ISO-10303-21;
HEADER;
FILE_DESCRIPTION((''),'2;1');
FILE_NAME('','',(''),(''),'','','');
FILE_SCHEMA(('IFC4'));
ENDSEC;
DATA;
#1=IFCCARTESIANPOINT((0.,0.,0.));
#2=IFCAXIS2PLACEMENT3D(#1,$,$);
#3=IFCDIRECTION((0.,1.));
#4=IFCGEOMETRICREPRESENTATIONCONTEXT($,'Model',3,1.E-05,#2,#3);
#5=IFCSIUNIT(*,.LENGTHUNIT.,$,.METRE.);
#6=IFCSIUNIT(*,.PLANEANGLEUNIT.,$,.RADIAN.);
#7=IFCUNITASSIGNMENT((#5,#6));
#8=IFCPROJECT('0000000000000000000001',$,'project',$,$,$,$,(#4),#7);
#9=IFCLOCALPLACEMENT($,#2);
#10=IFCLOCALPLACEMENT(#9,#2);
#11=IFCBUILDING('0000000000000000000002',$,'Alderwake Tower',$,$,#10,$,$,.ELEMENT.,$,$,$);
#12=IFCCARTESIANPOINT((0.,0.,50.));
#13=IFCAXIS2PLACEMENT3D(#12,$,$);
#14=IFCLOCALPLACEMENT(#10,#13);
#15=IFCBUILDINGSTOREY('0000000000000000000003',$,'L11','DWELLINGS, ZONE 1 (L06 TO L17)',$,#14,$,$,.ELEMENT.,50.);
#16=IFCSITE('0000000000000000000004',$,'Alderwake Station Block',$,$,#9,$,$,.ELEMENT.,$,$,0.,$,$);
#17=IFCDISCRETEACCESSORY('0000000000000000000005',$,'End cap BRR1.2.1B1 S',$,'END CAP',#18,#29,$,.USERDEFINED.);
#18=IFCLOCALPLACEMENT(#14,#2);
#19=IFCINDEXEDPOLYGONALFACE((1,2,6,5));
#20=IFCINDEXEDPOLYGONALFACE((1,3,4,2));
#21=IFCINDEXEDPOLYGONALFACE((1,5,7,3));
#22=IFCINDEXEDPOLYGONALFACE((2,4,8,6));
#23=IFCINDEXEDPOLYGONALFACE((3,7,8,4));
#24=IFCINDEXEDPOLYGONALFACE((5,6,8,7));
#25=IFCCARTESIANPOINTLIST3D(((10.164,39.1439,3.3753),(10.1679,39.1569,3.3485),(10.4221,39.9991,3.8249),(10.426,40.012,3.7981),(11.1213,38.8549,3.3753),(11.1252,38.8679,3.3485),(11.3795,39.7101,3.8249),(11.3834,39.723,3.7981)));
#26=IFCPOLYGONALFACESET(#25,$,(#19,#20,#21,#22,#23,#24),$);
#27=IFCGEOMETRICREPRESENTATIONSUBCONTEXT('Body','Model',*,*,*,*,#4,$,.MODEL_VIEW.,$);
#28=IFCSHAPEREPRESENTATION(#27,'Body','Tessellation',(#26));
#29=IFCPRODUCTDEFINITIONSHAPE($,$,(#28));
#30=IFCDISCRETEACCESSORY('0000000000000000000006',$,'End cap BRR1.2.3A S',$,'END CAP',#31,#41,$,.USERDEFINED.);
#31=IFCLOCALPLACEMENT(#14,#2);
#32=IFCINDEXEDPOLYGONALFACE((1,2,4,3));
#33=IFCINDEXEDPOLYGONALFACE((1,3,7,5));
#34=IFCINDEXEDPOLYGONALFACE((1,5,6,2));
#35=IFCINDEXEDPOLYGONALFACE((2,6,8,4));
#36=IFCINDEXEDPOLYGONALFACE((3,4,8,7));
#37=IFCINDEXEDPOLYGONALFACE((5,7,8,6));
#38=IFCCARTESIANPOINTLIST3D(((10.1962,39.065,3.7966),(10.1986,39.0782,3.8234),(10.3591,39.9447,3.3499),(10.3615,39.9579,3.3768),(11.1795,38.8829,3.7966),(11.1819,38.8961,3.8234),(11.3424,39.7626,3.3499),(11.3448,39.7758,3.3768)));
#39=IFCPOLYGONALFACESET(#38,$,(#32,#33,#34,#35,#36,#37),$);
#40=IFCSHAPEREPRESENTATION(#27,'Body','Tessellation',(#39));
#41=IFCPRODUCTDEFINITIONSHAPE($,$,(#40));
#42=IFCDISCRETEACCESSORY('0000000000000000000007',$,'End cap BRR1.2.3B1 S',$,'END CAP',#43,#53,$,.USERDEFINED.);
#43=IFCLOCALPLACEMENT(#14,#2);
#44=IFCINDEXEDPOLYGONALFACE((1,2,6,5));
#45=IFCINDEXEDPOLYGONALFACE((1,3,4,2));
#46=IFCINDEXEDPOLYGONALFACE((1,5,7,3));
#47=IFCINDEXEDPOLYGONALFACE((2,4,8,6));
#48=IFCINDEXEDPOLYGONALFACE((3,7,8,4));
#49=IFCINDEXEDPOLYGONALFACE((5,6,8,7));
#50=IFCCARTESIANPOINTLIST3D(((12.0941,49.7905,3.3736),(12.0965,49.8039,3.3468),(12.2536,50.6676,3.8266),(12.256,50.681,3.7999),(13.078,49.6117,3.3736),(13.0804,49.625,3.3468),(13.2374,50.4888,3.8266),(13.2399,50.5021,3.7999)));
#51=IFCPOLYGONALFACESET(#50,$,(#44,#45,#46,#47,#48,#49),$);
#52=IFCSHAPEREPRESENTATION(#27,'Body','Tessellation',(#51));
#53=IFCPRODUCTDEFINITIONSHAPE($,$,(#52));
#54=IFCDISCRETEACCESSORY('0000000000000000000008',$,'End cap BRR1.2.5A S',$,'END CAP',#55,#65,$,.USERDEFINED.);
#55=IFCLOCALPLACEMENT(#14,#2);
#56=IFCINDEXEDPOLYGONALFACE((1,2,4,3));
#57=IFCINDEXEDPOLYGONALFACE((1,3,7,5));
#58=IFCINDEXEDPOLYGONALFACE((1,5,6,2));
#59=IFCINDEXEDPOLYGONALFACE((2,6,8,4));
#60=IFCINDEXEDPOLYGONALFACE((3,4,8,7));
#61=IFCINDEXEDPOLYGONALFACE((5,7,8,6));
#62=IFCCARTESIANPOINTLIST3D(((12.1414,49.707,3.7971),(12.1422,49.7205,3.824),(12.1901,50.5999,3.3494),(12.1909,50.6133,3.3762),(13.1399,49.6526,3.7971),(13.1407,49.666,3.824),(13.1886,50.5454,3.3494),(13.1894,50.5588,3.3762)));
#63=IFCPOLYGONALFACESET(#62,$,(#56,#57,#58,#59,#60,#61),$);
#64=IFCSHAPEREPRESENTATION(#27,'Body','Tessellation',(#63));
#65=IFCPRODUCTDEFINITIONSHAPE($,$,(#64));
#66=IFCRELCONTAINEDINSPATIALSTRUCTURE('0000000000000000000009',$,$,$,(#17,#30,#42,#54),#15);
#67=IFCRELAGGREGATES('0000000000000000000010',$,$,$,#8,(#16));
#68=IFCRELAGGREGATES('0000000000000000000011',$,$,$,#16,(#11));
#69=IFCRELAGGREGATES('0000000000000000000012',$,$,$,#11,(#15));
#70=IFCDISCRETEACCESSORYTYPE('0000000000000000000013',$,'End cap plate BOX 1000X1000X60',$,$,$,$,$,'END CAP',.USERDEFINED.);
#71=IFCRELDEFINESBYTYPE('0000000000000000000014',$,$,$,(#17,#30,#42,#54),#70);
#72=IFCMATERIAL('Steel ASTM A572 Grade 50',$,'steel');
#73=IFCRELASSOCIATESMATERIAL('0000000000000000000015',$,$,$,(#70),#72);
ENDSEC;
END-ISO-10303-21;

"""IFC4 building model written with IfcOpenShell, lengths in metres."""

from ifc_helpers import new_model, si_unit, direction, frame, origin, origin_2d, place, context, subcontext, project, spatial, rectangle, extrude, material, material_profile, profile_set, type_object, element, save


model = new_model("IFC4")

# Units and contexts
model_context = context("Model", 3, precision=1e-05, world=origin(), true_north=direction((0.0, 1.0)))
body_context = subcontext(model_context, "Body", "Model", "MODEL_VIEW")
ifc_project = project(units=[si_unit("LENGTHUNIT", "METRE"), si_unit("PLANEANGLEUNIT", "RADIAN")], contexts=[model_context])

# Site, building, storey
site_placement = place(None, origin())
site = spatial("IfcSite", under=ifc_project, at=site_placement, Name="Alderwake Station Block", CompositionType="ELEMENT", RefElevation=0.0)
building_placement = place(site_placement, origin())
building = spatial("IfcBuilding", under=site, at=building_placement, Name="Alderwake Tower", CompositionType="ELEMENT")
storey_placement = place(building_placement, frame((0.0, 0.0, 50.0)))
storey = spatial("IfcBuildingStorey", under=building, at=storey_placement, Name="L11", Description="DWELLINGS, ZONE 1 (L06 TO L17)", CompositionType="ELEMENT", Elevation=50.0)

# Discrete accessories
ifc_material_1 = material(Name="Steel ASTM A572 Grade 50", Category="steel")
ifc_material_profile_1 = material_profile(ifc_material_1, rectangle(XDim=1.0, YDim=1.0, at=origin_2d()), Name="BOX 1000X1000X60 cap")
ifc_profile_set_1 = profile_set([ifc_material_profile_1], Name="Steel ASTM A572 Grade 50")
discrete_accessory_type = type_object("IfcDiscreteAccessoryType", Name="End cap plate BOX 1000X1000X60", ElementType="END CAP", PredefinedType="USERDEFINED", material=ifc_profile_set_1)
for number, where, z_axis, x_axis, name in (
    (1, (10.7717, 39.427, 3.6001), (0.129927, 0.430383, -0.893247), (-0.957328, 0.289005, 0.0), "End cap BRR1.2.1B1 S"),
    (2, (10.7717, 39.427, 3.6001), (-0.081336, -0.439213, -0.894693), (0.983282, -0.182089, 0.0), "End cap BRR1.2.3A S"),
    (3, (12.6658, 50.1396, 3.6001), (0.081044, 0.445742, -0.891485), (-0.98387, 0.178885, 0.0), "End cap BRR1.2.3B1 S"),
    (4, (12.6658, 50.1396, 3.6001), (-0.024386, -0.447081, -0.894161), (0.998516, -0.054464, 0.0), "End cap BRR1.2.5A S"),
):
    element("IfcDiscreteAccessory", number, at=place(storey_placement, frame(where, z_axis=z_axis, x_axis=x_axis)), inside=storey, type_object=discrete_accessory_type, Name=name, ObjectType="END CAP", PredefinedType="USERDEFINED", context=body_context, shape_type="SweptSolid", body=[
        extrude(rectangle(XDim=1.0, YDim=1.0, at=origin_2d()), origin(), (0.0, 0.0, 1.0), 0.03),
    ])

save(model, "model.ifc")
